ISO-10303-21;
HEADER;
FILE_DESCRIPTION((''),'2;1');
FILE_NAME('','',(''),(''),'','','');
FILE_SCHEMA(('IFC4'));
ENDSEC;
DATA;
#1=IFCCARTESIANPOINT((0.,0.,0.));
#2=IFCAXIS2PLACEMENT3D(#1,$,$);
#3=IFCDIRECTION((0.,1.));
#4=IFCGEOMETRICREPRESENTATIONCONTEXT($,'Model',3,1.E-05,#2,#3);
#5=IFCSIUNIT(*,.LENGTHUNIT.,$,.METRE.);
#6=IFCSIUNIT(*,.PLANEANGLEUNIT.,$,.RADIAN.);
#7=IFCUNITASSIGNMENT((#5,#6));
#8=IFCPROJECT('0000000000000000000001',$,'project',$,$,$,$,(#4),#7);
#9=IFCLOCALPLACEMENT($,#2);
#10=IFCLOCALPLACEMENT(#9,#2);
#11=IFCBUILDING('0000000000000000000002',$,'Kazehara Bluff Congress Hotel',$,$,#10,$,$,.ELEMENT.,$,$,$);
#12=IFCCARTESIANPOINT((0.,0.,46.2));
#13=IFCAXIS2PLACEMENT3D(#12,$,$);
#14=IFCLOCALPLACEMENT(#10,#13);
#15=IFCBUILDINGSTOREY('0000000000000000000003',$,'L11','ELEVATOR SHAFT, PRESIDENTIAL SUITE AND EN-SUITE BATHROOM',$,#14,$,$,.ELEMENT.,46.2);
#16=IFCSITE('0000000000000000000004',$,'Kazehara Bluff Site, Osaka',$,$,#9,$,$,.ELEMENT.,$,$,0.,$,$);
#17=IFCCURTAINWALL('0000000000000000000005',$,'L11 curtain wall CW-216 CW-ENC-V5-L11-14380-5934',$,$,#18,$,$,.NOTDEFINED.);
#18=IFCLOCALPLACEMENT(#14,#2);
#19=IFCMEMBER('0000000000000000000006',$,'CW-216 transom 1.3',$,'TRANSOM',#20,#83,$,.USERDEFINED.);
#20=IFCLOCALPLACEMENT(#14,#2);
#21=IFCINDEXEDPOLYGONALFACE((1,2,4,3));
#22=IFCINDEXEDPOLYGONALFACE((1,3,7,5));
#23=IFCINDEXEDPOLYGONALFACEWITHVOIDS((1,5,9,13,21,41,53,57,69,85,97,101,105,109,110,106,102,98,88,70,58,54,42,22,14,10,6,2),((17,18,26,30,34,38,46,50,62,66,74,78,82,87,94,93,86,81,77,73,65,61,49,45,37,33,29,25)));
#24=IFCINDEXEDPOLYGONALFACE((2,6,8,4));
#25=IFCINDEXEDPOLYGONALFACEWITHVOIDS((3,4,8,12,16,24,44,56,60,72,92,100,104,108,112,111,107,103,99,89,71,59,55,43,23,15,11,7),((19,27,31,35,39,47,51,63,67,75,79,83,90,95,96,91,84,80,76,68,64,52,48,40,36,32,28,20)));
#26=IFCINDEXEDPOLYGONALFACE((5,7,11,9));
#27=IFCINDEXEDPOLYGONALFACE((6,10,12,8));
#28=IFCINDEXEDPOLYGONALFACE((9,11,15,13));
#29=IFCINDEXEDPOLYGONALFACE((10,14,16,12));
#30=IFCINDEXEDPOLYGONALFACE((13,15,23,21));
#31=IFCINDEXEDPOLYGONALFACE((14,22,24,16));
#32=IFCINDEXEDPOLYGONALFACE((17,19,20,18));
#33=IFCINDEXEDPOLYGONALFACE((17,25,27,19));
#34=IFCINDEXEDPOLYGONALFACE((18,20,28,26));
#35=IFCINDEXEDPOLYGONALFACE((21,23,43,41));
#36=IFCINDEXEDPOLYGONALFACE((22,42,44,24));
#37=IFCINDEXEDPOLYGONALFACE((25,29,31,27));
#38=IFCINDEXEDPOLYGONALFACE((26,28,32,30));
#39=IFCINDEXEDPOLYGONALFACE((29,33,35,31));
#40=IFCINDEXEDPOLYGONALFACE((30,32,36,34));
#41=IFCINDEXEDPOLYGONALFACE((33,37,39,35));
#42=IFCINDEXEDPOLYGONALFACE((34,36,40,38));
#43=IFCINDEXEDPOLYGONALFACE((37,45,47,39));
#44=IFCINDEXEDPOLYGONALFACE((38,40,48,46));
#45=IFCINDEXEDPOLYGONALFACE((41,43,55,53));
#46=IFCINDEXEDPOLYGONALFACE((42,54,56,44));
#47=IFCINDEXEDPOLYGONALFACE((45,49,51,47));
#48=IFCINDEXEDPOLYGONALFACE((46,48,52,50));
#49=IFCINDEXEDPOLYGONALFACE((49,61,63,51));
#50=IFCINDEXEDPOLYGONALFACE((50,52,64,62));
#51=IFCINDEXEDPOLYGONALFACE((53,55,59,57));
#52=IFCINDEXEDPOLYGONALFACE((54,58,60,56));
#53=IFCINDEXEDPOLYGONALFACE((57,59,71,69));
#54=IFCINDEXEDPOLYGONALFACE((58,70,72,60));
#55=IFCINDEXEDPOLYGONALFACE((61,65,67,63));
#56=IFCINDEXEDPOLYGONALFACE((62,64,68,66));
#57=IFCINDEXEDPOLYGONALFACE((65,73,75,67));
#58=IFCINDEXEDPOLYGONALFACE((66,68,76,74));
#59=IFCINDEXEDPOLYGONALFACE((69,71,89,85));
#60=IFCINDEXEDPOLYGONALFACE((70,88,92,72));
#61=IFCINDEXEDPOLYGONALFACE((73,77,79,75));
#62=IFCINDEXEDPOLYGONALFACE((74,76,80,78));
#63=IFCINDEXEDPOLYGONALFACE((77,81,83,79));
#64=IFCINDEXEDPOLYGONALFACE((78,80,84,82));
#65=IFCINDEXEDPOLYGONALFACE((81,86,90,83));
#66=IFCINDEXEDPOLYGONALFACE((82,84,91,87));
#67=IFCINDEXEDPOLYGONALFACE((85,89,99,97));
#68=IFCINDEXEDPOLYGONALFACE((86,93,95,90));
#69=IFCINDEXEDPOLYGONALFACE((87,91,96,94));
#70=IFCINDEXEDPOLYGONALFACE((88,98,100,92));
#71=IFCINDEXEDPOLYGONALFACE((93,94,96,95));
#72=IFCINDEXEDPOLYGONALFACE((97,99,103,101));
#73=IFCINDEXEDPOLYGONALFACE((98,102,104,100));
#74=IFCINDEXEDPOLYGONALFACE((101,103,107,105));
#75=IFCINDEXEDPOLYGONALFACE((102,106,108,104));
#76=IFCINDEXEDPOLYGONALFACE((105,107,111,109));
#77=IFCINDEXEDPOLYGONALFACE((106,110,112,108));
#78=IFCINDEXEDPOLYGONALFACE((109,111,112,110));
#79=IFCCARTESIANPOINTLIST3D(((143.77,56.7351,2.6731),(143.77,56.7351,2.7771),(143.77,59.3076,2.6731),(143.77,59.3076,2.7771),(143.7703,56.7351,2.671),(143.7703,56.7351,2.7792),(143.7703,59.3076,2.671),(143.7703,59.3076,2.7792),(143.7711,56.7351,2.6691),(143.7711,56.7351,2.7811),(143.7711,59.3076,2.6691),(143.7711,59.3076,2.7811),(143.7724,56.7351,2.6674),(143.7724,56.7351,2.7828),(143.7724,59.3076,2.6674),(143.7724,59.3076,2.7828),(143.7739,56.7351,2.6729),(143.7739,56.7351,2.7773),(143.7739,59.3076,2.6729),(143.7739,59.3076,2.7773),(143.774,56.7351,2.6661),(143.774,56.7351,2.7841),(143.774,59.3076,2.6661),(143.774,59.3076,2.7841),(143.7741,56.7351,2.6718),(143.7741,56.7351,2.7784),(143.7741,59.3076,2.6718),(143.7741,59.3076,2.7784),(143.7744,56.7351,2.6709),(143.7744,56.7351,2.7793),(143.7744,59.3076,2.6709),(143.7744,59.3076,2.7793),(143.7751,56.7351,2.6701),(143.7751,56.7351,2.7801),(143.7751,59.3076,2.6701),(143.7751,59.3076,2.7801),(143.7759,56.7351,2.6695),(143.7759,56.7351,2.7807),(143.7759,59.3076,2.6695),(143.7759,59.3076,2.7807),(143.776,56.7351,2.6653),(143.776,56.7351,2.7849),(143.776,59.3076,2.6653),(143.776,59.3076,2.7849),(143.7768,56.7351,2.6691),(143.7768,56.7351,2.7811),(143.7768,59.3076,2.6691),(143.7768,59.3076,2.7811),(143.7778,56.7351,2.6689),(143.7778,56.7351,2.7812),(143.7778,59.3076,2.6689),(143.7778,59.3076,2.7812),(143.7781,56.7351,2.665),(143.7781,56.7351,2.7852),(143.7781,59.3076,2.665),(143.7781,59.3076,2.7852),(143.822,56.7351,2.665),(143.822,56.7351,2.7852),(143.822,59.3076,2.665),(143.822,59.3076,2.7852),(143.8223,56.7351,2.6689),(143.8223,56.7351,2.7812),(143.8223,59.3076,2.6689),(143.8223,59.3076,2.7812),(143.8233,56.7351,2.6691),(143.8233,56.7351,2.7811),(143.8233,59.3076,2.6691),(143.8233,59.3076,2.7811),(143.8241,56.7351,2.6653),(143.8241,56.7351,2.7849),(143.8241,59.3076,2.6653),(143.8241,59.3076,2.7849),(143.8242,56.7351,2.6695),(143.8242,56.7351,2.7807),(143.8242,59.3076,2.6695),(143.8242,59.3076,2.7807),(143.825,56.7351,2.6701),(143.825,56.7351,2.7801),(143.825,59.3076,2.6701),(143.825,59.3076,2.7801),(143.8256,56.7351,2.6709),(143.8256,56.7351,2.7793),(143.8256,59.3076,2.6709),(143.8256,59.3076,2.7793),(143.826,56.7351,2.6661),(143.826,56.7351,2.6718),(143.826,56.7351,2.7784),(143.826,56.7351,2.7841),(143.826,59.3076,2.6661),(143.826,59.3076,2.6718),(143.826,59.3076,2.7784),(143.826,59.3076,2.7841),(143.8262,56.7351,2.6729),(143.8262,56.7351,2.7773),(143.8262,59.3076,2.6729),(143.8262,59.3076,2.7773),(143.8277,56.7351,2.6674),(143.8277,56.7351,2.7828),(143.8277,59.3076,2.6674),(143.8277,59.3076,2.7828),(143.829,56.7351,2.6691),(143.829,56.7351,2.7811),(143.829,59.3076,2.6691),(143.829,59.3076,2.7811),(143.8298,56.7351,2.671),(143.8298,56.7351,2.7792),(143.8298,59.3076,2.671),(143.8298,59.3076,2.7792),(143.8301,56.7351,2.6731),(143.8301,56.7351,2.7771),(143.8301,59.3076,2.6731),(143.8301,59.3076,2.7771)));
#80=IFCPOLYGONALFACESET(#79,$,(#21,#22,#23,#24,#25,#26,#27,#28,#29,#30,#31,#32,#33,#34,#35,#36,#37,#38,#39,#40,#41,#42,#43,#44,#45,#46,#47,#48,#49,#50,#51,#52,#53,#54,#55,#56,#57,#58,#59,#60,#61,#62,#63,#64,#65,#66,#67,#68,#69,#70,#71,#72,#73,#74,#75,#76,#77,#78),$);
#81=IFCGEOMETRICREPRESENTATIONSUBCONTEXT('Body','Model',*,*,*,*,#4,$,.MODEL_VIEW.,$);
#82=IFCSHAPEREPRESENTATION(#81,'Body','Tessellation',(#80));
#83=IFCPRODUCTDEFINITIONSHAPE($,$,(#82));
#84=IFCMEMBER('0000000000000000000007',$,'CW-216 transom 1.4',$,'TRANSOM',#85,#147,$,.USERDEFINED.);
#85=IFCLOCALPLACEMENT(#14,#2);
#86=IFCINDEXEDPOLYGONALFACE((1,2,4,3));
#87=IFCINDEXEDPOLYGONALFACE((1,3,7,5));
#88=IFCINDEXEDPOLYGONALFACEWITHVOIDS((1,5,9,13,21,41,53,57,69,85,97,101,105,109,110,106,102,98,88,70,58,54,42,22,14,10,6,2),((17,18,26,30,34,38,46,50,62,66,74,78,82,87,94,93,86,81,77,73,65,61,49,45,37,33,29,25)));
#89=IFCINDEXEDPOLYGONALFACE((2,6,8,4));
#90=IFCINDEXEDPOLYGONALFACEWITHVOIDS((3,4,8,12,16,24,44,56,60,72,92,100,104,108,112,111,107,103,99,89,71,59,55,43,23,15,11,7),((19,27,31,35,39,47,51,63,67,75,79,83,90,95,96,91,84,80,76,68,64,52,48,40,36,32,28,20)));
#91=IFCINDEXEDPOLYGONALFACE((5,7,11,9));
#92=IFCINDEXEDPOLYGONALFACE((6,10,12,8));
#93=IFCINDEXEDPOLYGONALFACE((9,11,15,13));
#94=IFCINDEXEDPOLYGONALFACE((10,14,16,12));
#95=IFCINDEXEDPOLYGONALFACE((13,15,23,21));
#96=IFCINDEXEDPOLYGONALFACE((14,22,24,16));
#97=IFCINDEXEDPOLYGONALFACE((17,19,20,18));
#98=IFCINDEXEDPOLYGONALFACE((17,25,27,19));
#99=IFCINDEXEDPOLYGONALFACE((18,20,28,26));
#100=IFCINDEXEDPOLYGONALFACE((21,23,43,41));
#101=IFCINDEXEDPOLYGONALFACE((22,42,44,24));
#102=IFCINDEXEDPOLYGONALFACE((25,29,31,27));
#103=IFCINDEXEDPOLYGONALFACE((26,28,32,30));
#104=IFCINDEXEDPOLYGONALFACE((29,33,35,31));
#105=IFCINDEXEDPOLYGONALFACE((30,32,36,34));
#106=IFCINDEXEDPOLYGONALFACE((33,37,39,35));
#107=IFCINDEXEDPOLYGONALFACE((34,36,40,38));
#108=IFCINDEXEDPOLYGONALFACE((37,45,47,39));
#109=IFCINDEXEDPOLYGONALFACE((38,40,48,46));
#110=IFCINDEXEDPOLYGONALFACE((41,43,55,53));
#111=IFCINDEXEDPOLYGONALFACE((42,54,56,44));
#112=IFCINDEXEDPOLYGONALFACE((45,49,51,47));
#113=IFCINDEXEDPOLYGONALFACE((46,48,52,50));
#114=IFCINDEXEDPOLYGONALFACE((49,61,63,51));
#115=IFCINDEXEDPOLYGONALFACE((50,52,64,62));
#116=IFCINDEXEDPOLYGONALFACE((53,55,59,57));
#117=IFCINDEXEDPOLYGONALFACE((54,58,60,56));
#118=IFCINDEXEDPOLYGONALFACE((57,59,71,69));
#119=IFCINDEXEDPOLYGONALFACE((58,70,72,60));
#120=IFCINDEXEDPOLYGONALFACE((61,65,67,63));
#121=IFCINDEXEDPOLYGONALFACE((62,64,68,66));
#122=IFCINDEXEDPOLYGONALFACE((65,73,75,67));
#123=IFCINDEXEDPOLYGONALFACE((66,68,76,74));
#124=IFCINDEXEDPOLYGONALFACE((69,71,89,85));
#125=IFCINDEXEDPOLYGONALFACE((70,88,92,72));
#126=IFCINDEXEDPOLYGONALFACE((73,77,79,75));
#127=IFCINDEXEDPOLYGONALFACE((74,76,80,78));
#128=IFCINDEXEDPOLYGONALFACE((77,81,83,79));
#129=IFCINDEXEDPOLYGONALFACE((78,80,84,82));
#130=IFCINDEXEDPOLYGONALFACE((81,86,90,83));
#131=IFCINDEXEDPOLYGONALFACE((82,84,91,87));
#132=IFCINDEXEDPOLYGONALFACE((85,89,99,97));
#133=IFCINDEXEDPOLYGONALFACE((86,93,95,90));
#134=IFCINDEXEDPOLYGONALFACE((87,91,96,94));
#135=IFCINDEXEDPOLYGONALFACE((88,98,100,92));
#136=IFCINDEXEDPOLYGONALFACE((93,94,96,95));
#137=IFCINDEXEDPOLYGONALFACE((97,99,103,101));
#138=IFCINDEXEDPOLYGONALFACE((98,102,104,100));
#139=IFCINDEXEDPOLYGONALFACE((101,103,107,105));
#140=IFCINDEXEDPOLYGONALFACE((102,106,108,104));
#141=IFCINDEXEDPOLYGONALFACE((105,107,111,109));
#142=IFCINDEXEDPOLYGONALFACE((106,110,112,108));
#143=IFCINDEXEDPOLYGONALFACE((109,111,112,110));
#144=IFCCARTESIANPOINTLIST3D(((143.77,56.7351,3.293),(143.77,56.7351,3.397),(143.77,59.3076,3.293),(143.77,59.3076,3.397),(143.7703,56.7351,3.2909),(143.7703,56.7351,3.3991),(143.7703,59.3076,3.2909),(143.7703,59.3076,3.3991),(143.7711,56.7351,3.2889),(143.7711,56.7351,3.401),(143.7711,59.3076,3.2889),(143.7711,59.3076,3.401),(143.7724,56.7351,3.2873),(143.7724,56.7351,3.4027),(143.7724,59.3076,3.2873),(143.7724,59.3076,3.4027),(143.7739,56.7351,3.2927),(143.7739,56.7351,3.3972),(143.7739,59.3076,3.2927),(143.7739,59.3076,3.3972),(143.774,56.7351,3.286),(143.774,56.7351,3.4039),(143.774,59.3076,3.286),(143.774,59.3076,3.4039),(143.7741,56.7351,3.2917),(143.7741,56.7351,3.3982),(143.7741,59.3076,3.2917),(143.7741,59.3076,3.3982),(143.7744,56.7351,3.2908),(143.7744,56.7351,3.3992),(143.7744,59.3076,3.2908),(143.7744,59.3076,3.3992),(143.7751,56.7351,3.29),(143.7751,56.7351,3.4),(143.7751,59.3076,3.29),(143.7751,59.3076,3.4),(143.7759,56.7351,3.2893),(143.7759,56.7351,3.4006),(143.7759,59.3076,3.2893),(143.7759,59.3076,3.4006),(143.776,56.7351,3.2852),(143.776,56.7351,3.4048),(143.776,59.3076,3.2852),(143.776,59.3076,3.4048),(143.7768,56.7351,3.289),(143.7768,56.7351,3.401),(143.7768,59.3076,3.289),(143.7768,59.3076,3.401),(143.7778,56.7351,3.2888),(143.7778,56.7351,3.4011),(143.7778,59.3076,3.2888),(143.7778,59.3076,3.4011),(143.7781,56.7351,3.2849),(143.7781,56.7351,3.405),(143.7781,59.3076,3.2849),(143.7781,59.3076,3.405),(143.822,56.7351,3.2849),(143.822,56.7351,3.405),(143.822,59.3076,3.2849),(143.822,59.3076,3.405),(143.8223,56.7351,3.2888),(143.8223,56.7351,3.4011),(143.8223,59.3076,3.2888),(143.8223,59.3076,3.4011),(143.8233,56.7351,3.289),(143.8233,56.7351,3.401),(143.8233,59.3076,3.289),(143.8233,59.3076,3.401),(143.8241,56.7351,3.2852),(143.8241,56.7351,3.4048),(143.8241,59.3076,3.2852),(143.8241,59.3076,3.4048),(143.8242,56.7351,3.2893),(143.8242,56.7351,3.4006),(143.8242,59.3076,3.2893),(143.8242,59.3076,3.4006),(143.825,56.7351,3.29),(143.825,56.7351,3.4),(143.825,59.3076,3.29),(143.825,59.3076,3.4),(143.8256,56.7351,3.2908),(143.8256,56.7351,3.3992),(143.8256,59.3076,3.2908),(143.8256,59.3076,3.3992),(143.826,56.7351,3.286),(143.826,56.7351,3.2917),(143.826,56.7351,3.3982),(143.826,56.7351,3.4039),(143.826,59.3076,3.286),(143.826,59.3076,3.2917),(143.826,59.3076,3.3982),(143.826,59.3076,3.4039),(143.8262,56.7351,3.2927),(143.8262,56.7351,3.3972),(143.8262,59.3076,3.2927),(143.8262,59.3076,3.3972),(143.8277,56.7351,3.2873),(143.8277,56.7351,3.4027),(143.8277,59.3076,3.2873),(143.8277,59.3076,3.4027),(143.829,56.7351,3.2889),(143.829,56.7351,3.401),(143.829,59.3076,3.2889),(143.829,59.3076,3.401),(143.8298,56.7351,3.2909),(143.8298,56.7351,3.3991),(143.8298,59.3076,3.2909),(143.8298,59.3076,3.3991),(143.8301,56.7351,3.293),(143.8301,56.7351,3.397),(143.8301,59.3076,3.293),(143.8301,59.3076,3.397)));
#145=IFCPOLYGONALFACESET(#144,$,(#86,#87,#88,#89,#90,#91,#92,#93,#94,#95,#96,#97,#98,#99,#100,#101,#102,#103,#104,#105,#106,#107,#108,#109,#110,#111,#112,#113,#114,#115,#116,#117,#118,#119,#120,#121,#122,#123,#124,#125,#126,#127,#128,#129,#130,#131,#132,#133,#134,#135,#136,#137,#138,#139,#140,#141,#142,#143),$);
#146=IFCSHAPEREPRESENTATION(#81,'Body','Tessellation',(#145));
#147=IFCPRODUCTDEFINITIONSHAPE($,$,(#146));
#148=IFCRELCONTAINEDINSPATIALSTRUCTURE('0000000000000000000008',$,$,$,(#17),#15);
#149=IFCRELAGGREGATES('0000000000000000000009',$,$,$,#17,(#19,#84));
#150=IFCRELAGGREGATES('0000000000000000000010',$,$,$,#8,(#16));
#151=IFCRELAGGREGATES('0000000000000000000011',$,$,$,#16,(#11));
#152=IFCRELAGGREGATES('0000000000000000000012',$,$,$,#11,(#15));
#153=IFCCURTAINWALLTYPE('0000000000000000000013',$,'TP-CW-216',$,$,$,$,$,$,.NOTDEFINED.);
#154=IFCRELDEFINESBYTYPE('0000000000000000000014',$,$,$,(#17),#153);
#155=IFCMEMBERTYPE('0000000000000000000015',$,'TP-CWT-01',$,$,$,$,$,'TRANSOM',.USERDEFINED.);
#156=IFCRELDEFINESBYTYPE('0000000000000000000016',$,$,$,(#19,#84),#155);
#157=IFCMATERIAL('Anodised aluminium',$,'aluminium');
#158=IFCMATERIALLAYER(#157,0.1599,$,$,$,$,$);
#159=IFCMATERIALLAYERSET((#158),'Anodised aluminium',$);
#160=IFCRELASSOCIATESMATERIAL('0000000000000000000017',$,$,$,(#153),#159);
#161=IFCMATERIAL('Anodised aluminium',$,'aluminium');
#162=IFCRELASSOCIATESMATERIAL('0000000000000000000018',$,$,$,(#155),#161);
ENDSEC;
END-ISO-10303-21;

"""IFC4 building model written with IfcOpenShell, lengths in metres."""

from ifc_helpers import new_model, si_unit, direction, frame, origin, origin_2d, place, context, subcontext, project, spatial, hollow_rectangle, extrude, material, layer, layer_set, material_profile, profile_set, type_object, element, aggregate, save


model = new_model("IFC4")

# Units and contexts
model_context = context("Model", 3, precision=1e-05, world=origin(), true_north=direction((0.0, 1.0)))
body_context = subcontext(model_context, "Body", "Model", "MODEL_VIEW")
ifc_project = project(units=[si_unit("LENGTHUNIT", "METRE"), si_unit("PLANEANGLEUNIT", "RADIAN")], contexts=[model_context])

# Site, building, storey
site_placement = place(None, origin())
site = spatial("IfcSite", under=ifc_project, at=site_placement, Name="Kazehara Bluff Site, Osaka", CompositionType="ELEMENT", RefElevation=0.0)
building_placement = place(site_placement, origin())
building = spatial("IfcBuilding", under=site, at=building_placement, Name="Kazehara Bluff Congress Hotel", CompositionType="ELEMENT")
storey_placement = place(building_placement, frame((0.0, 0.0, 46.2)))
storey = spatial("IfcBuildingStorey", under=building, at=storey_placement, Name="L11", Description="ELEVATOR SHAFT, PRESIDENTIAL SUITE AND EN-SUITE BATHROOM", CompositionType="ELEMENT", Elevation=46.2)

# Curtain wall, members
ifc_material_1 = material(Name="Anodised aluminium", Category="aluminium")
ifc_layer_1 = layer(ifc_material_1, 0.1599)
ifc_layer_set_1 = layer_set([ifc_layer_1], Name="Anodised aluminium")
curtain_wall_type_1 = type_object("IfcCurtainWallType", Name="TP-CW-216", PredefinedType="NOTDEFINED", material=ifc_layer_set_1)
curtain_wall_1_placement = place(storey_placement, origin())
curtain_wall_1 = element("IfcCurtainWall", 1, at=curtain_wall_1_placement, inside=storey, type_object=curtain_wall_type_1, Name="L11 curtain wall CW-216 CW-ENC-V5-L11-14380-5934", PredefinedType="NOTDEFINED")
ifc_material_2 = material(Name="Anodised aluminium", Category="aluminium")
ifc_material_profile_1 = material_profile(ifc_material_2, hollow_rectangle(XDim=0.0601, YDim=0.1201, WallThickness=0.0039, InnerFilletRadius=0.0039, OuterFilletRadius=0.0081, at=origin_2d()))
ifc_profile_set_1 = profile_set([ifc_material_profile_1], Name="Anodised aluminium")
member_type_1 = type_object("IfcMemberType", Name="TP-CWT-01", ElementType="TRANSOM", PredefinedType="USERDEFINED", material=ifc_profile_set_1)
member_1_placement = place(storey_placement, frame((143.8, 56.7351, 2.7251), z_axis=(0.0, 1.0, 0.0), x_axis=(-1.0, 0.0, 0.0)))
member_1 = element("IfcMember", 2, at=member_1_placement, type_object=member_type_1, Name="CW-216 transom 1.3", ObjectType="TRANSOM", PredefinedType="USERDEFINED", context=body_context, shape_type="SweptSolid", body=[
    extrude(hollow_rectangle(XDim=0.0601, YDim=0.1201, WallThickness=0.0039, InnerFilletRadius=0.0039, OuterFilletRadius=0.0081, at=origin_2d()), origin(), (0.0, 0.0, 1.0), 2.5725),
])
member_2_placement = place(storey_placement, frame((143.8, 56.7351, 3.345), z_axis=(0.0, 1.0, 0.0), x_axis=(-1.0, 0.0, 0.0)))
member_2 = element("IfcMember", 3, at=member_2_placement, type_object=member_type_1, Name="CW-216 transom 1.4", ObjectType="TRANSOM", PredefinedType="USERDEFINED", context=body_context, shape_type="SweptSolid", body=[
    extrude(hollow_rectangle(XDim=0.0601, YDim=0.1201, WallThickness=0.0039, InnerFilletRadius=0.0039, OuterFilletRadius=0.0081, at=origin_2d()), origin(), (0.0, 0.0, 1.0), 2.5725),
])

aggregate(curtain_wall_1, [member_1, member_2])

save(model, "model.ifc")
